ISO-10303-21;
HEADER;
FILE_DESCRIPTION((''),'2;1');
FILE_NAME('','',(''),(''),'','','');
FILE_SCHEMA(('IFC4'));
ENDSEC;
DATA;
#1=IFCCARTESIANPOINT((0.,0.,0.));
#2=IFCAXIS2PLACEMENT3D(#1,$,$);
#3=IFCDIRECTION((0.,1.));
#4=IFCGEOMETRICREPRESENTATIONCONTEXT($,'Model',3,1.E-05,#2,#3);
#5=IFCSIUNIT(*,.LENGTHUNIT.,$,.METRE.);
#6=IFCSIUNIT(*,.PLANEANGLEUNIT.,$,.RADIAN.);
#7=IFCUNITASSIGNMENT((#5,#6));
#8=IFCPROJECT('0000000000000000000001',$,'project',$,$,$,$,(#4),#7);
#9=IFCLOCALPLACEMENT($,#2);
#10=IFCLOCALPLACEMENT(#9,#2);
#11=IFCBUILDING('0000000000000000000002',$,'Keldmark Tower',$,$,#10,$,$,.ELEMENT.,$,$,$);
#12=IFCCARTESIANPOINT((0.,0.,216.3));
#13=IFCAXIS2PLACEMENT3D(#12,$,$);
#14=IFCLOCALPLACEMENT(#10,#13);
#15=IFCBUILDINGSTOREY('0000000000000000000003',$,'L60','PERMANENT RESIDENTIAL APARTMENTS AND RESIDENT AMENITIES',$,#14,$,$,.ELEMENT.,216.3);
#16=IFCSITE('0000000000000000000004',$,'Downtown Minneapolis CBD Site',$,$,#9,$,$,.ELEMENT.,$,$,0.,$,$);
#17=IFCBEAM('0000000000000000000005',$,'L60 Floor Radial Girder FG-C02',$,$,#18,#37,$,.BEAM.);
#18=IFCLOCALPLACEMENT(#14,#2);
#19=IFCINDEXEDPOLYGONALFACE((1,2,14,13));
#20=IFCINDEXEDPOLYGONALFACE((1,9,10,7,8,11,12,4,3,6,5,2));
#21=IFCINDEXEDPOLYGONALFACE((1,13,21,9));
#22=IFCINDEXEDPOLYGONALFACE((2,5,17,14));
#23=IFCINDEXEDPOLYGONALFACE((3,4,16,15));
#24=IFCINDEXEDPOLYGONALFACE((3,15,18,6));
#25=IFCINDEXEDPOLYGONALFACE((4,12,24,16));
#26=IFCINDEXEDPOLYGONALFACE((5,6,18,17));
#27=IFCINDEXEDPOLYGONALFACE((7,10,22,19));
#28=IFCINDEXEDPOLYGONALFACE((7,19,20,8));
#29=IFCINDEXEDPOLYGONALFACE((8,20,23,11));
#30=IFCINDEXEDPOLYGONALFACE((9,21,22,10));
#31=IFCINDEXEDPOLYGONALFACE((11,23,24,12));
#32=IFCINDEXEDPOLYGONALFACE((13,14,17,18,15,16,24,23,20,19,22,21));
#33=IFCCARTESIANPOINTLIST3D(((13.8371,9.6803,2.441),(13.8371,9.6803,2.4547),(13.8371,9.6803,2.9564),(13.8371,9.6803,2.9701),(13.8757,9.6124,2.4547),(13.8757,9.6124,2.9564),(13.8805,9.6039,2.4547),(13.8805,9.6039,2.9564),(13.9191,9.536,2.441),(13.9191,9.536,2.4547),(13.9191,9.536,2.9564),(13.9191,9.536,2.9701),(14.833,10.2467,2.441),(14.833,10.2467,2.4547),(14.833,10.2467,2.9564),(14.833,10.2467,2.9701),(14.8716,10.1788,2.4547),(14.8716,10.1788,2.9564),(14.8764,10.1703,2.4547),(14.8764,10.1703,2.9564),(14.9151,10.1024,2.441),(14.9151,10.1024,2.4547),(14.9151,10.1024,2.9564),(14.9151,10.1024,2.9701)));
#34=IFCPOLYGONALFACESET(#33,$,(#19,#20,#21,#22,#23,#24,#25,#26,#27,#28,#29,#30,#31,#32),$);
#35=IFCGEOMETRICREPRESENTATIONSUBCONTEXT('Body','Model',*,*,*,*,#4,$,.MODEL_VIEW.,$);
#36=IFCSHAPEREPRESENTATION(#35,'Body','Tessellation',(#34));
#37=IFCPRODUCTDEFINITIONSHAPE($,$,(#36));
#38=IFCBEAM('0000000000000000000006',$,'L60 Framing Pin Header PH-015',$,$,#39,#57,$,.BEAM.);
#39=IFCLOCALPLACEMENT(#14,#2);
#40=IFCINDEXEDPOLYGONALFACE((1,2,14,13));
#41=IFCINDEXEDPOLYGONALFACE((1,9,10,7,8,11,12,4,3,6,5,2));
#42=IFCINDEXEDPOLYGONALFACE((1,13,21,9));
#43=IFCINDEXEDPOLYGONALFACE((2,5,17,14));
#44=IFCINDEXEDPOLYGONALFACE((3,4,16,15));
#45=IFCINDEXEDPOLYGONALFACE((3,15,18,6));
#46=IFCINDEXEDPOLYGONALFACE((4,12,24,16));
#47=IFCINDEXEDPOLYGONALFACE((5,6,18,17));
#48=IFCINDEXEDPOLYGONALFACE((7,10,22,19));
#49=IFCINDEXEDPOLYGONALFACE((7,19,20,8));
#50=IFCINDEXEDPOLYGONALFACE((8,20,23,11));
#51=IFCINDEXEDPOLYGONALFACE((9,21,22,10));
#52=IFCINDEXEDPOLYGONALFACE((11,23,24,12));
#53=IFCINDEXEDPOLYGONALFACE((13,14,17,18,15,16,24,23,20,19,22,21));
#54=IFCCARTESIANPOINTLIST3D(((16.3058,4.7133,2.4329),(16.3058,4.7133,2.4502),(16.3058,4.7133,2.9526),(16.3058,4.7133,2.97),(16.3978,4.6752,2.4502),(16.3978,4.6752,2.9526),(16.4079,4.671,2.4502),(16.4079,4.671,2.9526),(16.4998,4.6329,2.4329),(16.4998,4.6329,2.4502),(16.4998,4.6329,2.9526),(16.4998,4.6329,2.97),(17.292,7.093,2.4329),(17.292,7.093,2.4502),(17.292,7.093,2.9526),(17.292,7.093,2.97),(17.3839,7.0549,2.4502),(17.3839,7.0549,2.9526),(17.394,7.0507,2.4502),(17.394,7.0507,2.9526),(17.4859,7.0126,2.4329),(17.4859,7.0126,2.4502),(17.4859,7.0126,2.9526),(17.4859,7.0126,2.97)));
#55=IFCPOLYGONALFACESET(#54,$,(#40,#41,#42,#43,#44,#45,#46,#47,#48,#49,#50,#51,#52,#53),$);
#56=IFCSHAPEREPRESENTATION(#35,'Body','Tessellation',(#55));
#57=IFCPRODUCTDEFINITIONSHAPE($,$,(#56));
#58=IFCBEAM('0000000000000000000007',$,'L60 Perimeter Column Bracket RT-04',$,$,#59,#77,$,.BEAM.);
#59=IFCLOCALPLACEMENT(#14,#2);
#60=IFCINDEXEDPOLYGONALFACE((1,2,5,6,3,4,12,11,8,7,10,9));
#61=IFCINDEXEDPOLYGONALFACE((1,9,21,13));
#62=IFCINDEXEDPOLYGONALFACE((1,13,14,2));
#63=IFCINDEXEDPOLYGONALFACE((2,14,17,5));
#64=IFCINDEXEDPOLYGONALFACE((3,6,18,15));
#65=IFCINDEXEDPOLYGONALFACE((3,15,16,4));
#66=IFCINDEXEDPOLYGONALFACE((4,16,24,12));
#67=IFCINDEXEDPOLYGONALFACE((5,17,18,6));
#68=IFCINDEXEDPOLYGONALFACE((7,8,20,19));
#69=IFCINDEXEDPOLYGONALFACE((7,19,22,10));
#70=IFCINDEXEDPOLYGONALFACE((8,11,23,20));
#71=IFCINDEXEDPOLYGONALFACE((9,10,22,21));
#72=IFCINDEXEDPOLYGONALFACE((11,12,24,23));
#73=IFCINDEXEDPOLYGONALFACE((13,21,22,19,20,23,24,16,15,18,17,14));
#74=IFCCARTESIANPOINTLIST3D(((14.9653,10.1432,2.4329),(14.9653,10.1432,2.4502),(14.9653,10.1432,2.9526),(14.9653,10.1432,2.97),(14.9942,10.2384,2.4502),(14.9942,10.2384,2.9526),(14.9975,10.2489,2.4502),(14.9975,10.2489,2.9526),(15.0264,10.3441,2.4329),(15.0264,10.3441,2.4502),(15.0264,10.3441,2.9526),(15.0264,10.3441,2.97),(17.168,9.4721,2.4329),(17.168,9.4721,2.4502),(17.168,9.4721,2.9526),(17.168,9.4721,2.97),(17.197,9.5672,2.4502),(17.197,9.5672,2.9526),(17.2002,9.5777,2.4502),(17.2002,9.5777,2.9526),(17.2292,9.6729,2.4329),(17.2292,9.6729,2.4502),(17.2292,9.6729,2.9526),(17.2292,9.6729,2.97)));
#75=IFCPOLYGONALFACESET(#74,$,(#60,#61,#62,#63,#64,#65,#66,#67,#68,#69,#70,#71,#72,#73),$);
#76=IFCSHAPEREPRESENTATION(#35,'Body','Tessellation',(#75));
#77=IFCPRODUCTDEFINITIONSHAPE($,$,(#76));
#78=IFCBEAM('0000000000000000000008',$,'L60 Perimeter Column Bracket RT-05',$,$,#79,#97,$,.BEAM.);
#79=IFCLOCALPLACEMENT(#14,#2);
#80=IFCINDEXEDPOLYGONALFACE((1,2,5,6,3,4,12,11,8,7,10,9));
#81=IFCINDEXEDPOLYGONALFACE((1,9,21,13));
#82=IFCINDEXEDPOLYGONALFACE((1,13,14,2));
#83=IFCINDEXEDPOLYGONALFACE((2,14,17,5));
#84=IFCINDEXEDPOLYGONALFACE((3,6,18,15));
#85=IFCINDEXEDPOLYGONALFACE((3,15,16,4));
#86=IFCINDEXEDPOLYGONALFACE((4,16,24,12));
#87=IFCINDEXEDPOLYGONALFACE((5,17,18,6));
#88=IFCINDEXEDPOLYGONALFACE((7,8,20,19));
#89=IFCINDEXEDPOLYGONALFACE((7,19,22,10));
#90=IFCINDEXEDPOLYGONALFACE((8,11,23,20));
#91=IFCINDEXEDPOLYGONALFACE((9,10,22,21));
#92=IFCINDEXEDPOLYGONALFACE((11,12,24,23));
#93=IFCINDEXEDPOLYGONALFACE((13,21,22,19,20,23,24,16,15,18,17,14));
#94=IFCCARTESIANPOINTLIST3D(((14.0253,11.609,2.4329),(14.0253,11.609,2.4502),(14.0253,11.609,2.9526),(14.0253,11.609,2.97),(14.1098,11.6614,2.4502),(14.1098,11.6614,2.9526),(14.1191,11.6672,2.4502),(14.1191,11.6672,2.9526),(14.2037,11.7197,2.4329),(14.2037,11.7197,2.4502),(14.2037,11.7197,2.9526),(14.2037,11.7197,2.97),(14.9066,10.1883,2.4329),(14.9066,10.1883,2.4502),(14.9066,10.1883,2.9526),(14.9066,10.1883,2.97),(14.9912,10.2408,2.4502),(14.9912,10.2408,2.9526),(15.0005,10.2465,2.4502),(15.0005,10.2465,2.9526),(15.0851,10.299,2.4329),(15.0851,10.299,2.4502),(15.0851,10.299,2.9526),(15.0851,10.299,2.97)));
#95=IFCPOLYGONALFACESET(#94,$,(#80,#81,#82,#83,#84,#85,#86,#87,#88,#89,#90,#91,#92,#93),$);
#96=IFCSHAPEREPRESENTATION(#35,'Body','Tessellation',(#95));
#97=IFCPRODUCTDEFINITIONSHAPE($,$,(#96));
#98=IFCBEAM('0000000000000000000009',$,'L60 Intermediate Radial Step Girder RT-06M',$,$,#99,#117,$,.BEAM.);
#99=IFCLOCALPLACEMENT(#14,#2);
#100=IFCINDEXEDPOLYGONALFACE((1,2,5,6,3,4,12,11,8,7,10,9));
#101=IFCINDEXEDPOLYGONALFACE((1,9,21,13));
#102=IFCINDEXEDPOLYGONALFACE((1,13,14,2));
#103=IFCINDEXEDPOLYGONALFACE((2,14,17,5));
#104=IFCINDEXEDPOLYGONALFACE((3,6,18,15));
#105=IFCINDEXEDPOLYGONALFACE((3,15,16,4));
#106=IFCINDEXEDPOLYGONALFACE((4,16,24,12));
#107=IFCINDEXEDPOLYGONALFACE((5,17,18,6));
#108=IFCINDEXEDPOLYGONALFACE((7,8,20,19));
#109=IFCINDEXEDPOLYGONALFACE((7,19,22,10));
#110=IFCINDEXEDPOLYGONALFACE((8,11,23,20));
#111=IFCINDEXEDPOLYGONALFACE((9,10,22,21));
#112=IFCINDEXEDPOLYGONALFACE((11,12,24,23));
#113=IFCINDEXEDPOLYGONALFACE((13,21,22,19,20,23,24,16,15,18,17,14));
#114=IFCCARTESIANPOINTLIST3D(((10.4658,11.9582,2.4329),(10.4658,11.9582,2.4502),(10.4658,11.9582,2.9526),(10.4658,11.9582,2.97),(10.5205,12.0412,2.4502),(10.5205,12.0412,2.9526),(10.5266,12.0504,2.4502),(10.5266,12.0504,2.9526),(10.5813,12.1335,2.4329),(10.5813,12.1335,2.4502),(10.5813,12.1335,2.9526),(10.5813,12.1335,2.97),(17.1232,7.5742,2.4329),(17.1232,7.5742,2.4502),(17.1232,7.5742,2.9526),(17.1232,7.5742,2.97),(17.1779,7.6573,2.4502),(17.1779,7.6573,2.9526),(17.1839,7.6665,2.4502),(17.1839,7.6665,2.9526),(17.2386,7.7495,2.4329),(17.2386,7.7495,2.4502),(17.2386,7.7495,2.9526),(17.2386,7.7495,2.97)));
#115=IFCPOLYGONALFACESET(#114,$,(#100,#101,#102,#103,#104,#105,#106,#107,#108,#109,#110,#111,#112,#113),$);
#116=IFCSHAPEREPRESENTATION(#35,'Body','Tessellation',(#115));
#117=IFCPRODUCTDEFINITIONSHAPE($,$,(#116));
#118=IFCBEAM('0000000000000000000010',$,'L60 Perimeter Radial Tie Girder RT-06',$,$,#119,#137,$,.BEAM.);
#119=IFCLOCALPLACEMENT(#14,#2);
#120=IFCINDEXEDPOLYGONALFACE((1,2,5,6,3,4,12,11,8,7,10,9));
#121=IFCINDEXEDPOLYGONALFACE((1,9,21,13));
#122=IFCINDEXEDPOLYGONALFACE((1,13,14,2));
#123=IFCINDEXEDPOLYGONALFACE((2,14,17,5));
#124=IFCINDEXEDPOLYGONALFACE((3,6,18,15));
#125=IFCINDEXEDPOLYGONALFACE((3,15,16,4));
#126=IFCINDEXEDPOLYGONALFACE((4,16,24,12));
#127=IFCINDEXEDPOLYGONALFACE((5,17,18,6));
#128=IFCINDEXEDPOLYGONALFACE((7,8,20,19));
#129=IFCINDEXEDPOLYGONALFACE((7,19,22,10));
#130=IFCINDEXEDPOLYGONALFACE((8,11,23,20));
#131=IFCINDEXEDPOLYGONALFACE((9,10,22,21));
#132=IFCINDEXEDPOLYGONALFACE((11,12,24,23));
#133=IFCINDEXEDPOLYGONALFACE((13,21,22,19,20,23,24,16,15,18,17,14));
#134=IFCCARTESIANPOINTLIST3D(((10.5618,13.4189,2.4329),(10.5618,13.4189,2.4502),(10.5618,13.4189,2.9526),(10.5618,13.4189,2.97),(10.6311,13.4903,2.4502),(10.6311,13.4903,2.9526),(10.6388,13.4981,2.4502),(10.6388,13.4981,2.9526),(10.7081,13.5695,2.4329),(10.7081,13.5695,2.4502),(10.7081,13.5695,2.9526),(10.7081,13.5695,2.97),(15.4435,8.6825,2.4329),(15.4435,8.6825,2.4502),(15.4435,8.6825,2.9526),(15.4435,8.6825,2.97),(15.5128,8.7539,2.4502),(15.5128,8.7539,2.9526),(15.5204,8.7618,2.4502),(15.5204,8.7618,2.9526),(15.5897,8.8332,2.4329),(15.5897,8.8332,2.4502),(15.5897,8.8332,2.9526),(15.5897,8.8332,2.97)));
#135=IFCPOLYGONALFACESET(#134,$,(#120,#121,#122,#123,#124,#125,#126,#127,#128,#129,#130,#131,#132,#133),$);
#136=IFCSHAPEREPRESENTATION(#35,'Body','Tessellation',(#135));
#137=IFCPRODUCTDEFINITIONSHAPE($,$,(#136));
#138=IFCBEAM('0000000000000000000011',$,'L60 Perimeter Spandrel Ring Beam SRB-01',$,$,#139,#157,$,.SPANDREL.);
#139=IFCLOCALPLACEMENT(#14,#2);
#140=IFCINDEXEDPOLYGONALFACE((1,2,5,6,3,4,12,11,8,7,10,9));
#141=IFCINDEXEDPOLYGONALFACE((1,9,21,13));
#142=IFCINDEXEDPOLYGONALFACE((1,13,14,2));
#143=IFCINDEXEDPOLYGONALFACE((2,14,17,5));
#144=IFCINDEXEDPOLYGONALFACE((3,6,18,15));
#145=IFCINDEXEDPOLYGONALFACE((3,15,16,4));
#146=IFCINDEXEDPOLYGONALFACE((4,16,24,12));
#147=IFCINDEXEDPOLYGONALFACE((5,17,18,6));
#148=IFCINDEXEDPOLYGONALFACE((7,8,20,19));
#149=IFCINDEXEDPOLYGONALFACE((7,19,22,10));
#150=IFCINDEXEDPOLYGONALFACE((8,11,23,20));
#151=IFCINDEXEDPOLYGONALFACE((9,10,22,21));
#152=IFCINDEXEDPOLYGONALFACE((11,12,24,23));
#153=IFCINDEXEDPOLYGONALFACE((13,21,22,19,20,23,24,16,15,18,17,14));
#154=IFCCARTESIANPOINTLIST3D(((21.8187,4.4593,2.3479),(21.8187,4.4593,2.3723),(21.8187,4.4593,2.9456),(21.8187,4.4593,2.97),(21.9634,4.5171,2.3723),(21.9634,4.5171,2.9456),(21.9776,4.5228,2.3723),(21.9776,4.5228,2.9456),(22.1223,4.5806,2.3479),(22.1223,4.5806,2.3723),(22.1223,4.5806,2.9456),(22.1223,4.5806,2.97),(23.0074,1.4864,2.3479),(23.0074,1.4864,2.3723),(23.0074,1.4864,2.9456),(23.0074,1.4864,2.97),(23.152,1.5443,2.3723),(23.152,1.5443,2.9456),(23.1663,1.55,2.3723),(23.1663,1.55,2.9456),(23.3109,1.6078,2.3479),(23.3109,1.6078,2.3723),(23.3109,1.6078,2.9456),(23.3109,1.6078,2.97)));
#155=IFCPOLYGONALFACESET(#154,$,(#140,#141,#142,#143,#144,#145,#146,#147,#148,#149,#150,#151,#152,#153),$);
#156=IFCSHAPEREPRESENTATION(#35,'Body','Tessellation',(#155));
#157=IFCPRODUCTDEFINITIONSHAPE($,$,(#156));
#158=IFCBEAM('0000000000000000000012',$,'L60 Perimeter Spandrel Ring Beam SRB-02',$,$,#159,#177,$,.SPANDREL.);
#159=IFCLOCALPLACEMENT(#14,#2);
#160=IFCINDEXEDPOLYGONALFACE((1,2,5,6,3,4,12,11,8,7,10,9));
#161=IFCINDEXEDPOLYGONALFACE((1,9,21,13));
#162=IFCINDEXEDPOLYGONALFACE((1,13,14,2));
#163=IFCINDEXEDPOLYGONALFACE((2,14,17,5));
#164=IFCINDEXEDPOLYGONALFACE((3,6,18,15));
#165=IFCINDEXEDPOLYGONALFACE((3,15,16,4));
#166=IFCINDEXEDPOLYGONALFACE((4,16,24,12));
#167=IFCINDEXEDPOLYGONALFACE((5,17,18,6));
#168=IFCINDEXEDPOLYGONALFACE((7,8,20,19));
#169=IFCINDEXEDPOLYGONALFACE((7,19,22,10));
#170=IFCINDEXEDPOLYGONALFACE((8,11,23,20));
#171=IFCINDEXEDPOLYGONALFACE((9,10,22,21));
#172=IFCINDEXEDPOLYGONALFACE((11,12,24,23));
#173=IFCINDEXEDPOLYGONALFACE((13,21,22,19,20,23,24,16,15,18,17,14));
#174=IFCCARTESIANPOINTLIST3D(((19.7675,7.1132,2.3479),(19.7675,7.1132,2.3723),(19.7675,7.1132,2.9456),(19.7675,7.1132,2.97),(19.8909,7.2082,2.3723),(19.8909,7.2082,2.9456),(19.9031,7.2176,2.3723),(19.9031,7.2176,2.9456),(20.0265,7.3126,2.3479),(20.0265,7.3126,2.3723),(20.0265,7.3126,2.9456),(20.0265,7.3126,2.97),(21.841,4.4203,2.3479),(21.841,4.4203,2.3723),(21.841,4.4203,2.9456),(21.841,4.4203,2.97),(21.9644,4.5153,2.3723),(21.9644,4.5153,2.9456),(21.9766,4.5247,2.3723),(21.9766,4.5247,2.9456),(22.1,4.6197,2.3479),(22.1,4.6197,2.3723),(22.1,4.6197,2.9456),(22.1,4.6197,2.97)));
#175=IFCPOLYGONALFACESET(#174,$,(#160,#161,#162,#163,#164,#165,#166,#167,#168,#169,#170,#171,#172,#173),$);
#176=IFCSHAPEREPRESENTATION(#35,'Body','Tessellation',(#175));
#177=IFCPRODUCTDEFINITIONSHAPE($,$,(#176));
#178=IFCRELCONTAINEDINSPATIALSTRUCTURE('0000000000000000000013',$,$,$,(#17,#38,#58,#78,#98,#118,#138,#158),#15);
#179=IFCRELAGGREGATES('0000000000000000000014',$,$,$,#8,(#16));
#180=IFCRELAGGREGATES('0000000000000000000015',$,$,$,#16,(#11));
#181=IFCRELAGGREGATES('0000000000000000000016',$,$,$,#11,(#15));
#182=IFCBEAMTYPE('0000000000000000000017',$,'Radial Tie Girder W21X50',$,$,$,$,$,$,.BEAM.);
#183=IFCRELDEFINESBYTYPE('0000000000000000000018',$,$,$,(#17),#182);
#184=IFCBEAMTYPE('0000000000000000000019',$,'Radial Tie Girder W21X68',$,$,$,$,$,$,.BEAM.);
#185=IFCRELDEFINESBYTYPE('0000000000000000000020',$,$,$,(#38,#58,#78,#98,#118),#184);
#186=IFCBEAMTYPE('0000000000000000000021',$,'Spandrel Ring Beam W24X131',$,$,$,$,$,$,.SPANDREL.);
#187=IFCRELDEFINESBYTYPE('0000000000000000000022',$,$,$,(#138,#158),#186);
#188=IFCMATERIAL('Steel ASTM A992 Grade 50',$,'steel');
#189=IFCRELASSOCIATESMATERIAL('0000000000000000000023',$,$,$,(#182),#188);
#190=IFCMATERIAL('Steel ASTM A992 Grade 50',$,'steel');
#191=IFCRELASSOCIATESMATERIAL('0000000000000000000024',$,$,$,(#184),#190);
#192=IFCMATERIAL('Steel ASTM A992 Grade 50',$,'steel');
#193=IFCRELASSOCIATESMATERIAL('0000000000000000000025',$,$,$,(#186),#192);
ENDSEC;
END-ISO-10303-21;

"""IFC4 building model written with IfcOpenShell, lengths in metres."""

from ifc_helpers import new_model, si_unit, direction, frame, origin, origin_2d, place, context, subcontext, project, spatial, i_section, extrude, material, material_profile, profile_set, type_object, element, save


model = new_model("IFC4")

# Units and contexts
model_context = context("Model", 3, precision=1e-05, world=origin(), true_north=direction((0.0, 1.0)))
body_context = subcontext(model_context, "Body", "Model", "MODEL_VIEW")
ifc_project = project(units=[si_unit("LENGTHUNIT", "METRE"), si_unit("PLANEANGLEUNIT", "RADIAN")], contexts=[model_context])

# Site, building, storey
site_placement = place(None, origin())
site = spatial("IfcSite", under=ifc_project, at=site_placement, Name="Downtown Minneapolis CBD Site", CompositionType="ELEMENT", RefElevation=0.0)
building_placement = place(site_placement, origin())
building = spatial("IfcBuilding", under=site, at=building_placement, Name="Keldmark Tower", CompositionType="ELEMENT")
storey_placement = place(building_placement, frame((0.0, 0.0, 216.3)))
storey = spatial("IfcBuildingStorey", under=building, at=storey_placement, Name="L60", Description="PERMANENT RESIDENTIAL APARTMENTS AND RESIDENT AMENITIES", CompositionType="ELEMENT", Elevation=216.3)

# Beams
ifc_material_1 = material(Name="Steel ASTM A992 Grade 50", Category="steel")
ifc_material_profile_1 = material_profile(ifc_material_1, i_section(OverallWidth=0.166, OverallDepth=0.5291, WebThickness=0.0098, FlangeThickness=0.0137, at=origin_2d()), Name="W21X50")
ifc_profile_set_1 = profile_set([ifc_material_profile_1], Name="Steel ASTM A992 Grade 50")
beam_type_1 = type_object("IfcBeamType", Name="Radial Tie Girder W21X50", PredefinedType="BEAM", material=ifc_profile_set_1)
beam_1_placement = place(storey_placement, frame((14.874, 10.1746, 2.7056), z_axis=(-0.869238, -0.494394, 0.0), x_axis=(0.494394, -0.869238, 0.0)))
element("IfcBeam", 1, at=beam_1_placement, inside=storey, type_object=beam_type_1, Name="L60 Floor Radial Girder FG-C02", PredefinedType="BEAM", context=body_context, shape_type="SweptSolid", body=[
    extrude(i_section(OverallWidth=0.166, OverallDepth=0.5291, WebThickness=0.0098, FlangeThickness=0.0137, at=origin_2d()), origin(), (0.0, 0.0, 1.0), 1.1458),
])
ifc_material_2 = material(Name="Steel ASTM A992 Grade 50", Category="steel")
ifc_material_profile_2 = material_profile(ifc_material_2, i_section(OverallWidth=0.21, OverallDepth=0.5371, WebThickness=0.011, FlangeThickness=0.0173, at=origin_2d()), Name="W21X68")
ifc_profile_set_2 = profile_set([ifc_material_profile_2], Name="Steel ASTM A992 Grade 50")
beam_type_2 = type_object("IfcBeamType", Name="Radial Tie Girder W21X68", PredefinedType="BEAM", material=ifc_profile_set_2)
beam_2_placement = place(storey_placement, frame((16.4028, 4.6731, 2.7014), z_axis=(0.382818, 0.923824, 0.0), x_axis=(-0.923824, 0.382818, 0.0)))
element("IfcBeam", 2, at=beam_2_placement, inside=storey, type_object=beam_type_2, Name="L60 Framing Pin Header PH-015", PredefinedType="BEAM", context=body_context, shape_type="SweptSolid", body=[
    extrude(i_section(OverallWidth=0.21, OverallDepth=0.5371, WebThickness=0.011, FlangeThickness=0.0173, at=origin_2d()), origin(), (0.0, 0.0, 1.0), 2.5759),
])
beam_3_placement = place(storey_placement, frame((14.9958, 10.2437, 2.7014), z_axis=(0.95658, -0.29147, 0.0), x_axis=(0.29147, 0.95658, 0.0)))
element("IfcBeam", 3, at=beam_3_placement, inside=storey, type_object=beam_type_2, Name="L60 Perimeter Column Bracket RT-04", PredefinedType="BEAM", context=body_context, shape_type="SweptSolid", body=[
    extrude(i_section(OverallWidth=0.21, OverallDepth=0.5371, WebThickness=0.011, FlangeThickness=0.0173, at=origin_2d()), origin(), (0.0, 0.0, 1.0), 2.3027),
])
beam_4_placement = place(storey_placement, frame((14.9958, 10.2437, 2.7014), z_axis=(-0.527174, 0.849757, 0.0), x_axis=(-0.849757, -0.527174, 0.0)))
element("IfcBeam", 4, at=beam_4_placement, inside=storey, type_object=beam_type_2, Name="L60 Perimeter Column Bracket RT-05", PredefinedType="BEAM", context=body_context, shape_type="SweptSolid", body=[
    extrude(i_section(OverallWidth=0.21, OverallDepth=0.5371, WebThickness=0.011, FlangeThickness=0.0173, at=origin_2d()), origin(), (0.0, 0.0, 1.0), 1.6719),
])
beam_5_placement = place(storey_placement, frame((17.1809, 7.6619, 2.7014), z_axis=(-0.83518, 0.549977, 0.0), x_axis=(-0.549977, -0.83518, 0.0)))
element("IfcBeam", 5, at=beam_5_placement, inside=storey, type_object=beam_type_2, Name="L60 Intermediate Radial Step Girder RT-06M", PredefinedType="BEAM", context=body_context, shape_type="SweptSolid", body=[
    extrude(i_section(OverallWidth=0.21, OverallDepth=0.5371, WebThickness=0.011, FlangeThickness=0.0173, at=origin_2d()), origin(), (0.0, 0.0, 1.0), 7.9712),
])
beam_6_placement = place(storey_placement, frame((15.5166, 8.7578, 2.7014), z_axis=(-0.717705, 0.696348, 0.0), x_axis=(-0.696348, -0.717705, 0.0)))
element("IfcBeam", 6, at=beam_6_placement, inside=storey, type_object=beam_type_2, Name="L60 Perimeter Radial Tie Girder RT-06", PredefinedType="BEAM", context=body_context, shape_type="SweptSolid", body=[
    extrude(i_section(OverallWidth=0.21, OverallDepth=0.5371, WebThickness=0.011, FlangeThickness=0.0173, at=origin_2d()), origin(), (0.0, 0.0, 1.0), 6.8018),
])
ifc_material_3 = material(Name="Steel ASTM A992 Grade 50", Category="steel")
ifc_material_profile_3 = material_profile(ifc_material_3, i_section(OverallWidth=0.3269, OverallDepth=0.6221, WebThickness=0.0154, FlangeThickness=0.0244, at=origin_2d()), Name="W24X131")
ifc_profile_set_3 = profile_set([ifc_material_profile_3], Name="Steel ASTM A992 Grade 50")
beam_type_3 = type_object("IfcBeamType", Name="Spandrel Ring Beam W24X131", PredefinedType="SPANDREL", material=ifc_profile_set_3)
beam_7_placement = place(storey_placement, frame((23.1592, 1.5471, 2.6589), z_axis=(-0.371272, 0.928524, 0.0), x_axis=(-0.928524, -0.371272, 0.0)))
element("IfcBeam", 7, at=beam_7_placement, inside=storey, type_object=beam_type_3, Name="L60 Perimeter Spandrel Ring Beam SRB-01", PredefinedType="SPANDREL", context=body_context, shape_type="SweptSolid", body=[
    extrude(i_section(OverallWidth=0.3269, OverallDepth=0.6221, WebThickness=0.0154, FlangeThickness=0.0244, at=origin_2d()), origin(), (0.0, 0.0, 1.0), 3.2017),
])
beam_8_placement = place(storey_placement, frame((21.9705, 4.52, 2.6589), z_axis=(-0.610089, 0.792333, 0.0), x_axis=(-0.792333, -0.610089, 0.0)))
element("IfcBeam", 8, at=beam_8_placement, inside=storey, type_object=beam_type_3, Name="L60 Perimeter Spandrel Ring Beam SRB-02", PredefinedType="SPANDREL", context=body_context, shape_type="SweptSolid", body=[
    extrude(i_section(OverallWidth=0.3269, OverallDepth=0.6221, WebThickness=0.0154, FlangeThickness=0.0244, at=origin_2d()), origin(), (0.0, 0.0, 1.0), 3.3987),
])

save(model, "model.ifc")
